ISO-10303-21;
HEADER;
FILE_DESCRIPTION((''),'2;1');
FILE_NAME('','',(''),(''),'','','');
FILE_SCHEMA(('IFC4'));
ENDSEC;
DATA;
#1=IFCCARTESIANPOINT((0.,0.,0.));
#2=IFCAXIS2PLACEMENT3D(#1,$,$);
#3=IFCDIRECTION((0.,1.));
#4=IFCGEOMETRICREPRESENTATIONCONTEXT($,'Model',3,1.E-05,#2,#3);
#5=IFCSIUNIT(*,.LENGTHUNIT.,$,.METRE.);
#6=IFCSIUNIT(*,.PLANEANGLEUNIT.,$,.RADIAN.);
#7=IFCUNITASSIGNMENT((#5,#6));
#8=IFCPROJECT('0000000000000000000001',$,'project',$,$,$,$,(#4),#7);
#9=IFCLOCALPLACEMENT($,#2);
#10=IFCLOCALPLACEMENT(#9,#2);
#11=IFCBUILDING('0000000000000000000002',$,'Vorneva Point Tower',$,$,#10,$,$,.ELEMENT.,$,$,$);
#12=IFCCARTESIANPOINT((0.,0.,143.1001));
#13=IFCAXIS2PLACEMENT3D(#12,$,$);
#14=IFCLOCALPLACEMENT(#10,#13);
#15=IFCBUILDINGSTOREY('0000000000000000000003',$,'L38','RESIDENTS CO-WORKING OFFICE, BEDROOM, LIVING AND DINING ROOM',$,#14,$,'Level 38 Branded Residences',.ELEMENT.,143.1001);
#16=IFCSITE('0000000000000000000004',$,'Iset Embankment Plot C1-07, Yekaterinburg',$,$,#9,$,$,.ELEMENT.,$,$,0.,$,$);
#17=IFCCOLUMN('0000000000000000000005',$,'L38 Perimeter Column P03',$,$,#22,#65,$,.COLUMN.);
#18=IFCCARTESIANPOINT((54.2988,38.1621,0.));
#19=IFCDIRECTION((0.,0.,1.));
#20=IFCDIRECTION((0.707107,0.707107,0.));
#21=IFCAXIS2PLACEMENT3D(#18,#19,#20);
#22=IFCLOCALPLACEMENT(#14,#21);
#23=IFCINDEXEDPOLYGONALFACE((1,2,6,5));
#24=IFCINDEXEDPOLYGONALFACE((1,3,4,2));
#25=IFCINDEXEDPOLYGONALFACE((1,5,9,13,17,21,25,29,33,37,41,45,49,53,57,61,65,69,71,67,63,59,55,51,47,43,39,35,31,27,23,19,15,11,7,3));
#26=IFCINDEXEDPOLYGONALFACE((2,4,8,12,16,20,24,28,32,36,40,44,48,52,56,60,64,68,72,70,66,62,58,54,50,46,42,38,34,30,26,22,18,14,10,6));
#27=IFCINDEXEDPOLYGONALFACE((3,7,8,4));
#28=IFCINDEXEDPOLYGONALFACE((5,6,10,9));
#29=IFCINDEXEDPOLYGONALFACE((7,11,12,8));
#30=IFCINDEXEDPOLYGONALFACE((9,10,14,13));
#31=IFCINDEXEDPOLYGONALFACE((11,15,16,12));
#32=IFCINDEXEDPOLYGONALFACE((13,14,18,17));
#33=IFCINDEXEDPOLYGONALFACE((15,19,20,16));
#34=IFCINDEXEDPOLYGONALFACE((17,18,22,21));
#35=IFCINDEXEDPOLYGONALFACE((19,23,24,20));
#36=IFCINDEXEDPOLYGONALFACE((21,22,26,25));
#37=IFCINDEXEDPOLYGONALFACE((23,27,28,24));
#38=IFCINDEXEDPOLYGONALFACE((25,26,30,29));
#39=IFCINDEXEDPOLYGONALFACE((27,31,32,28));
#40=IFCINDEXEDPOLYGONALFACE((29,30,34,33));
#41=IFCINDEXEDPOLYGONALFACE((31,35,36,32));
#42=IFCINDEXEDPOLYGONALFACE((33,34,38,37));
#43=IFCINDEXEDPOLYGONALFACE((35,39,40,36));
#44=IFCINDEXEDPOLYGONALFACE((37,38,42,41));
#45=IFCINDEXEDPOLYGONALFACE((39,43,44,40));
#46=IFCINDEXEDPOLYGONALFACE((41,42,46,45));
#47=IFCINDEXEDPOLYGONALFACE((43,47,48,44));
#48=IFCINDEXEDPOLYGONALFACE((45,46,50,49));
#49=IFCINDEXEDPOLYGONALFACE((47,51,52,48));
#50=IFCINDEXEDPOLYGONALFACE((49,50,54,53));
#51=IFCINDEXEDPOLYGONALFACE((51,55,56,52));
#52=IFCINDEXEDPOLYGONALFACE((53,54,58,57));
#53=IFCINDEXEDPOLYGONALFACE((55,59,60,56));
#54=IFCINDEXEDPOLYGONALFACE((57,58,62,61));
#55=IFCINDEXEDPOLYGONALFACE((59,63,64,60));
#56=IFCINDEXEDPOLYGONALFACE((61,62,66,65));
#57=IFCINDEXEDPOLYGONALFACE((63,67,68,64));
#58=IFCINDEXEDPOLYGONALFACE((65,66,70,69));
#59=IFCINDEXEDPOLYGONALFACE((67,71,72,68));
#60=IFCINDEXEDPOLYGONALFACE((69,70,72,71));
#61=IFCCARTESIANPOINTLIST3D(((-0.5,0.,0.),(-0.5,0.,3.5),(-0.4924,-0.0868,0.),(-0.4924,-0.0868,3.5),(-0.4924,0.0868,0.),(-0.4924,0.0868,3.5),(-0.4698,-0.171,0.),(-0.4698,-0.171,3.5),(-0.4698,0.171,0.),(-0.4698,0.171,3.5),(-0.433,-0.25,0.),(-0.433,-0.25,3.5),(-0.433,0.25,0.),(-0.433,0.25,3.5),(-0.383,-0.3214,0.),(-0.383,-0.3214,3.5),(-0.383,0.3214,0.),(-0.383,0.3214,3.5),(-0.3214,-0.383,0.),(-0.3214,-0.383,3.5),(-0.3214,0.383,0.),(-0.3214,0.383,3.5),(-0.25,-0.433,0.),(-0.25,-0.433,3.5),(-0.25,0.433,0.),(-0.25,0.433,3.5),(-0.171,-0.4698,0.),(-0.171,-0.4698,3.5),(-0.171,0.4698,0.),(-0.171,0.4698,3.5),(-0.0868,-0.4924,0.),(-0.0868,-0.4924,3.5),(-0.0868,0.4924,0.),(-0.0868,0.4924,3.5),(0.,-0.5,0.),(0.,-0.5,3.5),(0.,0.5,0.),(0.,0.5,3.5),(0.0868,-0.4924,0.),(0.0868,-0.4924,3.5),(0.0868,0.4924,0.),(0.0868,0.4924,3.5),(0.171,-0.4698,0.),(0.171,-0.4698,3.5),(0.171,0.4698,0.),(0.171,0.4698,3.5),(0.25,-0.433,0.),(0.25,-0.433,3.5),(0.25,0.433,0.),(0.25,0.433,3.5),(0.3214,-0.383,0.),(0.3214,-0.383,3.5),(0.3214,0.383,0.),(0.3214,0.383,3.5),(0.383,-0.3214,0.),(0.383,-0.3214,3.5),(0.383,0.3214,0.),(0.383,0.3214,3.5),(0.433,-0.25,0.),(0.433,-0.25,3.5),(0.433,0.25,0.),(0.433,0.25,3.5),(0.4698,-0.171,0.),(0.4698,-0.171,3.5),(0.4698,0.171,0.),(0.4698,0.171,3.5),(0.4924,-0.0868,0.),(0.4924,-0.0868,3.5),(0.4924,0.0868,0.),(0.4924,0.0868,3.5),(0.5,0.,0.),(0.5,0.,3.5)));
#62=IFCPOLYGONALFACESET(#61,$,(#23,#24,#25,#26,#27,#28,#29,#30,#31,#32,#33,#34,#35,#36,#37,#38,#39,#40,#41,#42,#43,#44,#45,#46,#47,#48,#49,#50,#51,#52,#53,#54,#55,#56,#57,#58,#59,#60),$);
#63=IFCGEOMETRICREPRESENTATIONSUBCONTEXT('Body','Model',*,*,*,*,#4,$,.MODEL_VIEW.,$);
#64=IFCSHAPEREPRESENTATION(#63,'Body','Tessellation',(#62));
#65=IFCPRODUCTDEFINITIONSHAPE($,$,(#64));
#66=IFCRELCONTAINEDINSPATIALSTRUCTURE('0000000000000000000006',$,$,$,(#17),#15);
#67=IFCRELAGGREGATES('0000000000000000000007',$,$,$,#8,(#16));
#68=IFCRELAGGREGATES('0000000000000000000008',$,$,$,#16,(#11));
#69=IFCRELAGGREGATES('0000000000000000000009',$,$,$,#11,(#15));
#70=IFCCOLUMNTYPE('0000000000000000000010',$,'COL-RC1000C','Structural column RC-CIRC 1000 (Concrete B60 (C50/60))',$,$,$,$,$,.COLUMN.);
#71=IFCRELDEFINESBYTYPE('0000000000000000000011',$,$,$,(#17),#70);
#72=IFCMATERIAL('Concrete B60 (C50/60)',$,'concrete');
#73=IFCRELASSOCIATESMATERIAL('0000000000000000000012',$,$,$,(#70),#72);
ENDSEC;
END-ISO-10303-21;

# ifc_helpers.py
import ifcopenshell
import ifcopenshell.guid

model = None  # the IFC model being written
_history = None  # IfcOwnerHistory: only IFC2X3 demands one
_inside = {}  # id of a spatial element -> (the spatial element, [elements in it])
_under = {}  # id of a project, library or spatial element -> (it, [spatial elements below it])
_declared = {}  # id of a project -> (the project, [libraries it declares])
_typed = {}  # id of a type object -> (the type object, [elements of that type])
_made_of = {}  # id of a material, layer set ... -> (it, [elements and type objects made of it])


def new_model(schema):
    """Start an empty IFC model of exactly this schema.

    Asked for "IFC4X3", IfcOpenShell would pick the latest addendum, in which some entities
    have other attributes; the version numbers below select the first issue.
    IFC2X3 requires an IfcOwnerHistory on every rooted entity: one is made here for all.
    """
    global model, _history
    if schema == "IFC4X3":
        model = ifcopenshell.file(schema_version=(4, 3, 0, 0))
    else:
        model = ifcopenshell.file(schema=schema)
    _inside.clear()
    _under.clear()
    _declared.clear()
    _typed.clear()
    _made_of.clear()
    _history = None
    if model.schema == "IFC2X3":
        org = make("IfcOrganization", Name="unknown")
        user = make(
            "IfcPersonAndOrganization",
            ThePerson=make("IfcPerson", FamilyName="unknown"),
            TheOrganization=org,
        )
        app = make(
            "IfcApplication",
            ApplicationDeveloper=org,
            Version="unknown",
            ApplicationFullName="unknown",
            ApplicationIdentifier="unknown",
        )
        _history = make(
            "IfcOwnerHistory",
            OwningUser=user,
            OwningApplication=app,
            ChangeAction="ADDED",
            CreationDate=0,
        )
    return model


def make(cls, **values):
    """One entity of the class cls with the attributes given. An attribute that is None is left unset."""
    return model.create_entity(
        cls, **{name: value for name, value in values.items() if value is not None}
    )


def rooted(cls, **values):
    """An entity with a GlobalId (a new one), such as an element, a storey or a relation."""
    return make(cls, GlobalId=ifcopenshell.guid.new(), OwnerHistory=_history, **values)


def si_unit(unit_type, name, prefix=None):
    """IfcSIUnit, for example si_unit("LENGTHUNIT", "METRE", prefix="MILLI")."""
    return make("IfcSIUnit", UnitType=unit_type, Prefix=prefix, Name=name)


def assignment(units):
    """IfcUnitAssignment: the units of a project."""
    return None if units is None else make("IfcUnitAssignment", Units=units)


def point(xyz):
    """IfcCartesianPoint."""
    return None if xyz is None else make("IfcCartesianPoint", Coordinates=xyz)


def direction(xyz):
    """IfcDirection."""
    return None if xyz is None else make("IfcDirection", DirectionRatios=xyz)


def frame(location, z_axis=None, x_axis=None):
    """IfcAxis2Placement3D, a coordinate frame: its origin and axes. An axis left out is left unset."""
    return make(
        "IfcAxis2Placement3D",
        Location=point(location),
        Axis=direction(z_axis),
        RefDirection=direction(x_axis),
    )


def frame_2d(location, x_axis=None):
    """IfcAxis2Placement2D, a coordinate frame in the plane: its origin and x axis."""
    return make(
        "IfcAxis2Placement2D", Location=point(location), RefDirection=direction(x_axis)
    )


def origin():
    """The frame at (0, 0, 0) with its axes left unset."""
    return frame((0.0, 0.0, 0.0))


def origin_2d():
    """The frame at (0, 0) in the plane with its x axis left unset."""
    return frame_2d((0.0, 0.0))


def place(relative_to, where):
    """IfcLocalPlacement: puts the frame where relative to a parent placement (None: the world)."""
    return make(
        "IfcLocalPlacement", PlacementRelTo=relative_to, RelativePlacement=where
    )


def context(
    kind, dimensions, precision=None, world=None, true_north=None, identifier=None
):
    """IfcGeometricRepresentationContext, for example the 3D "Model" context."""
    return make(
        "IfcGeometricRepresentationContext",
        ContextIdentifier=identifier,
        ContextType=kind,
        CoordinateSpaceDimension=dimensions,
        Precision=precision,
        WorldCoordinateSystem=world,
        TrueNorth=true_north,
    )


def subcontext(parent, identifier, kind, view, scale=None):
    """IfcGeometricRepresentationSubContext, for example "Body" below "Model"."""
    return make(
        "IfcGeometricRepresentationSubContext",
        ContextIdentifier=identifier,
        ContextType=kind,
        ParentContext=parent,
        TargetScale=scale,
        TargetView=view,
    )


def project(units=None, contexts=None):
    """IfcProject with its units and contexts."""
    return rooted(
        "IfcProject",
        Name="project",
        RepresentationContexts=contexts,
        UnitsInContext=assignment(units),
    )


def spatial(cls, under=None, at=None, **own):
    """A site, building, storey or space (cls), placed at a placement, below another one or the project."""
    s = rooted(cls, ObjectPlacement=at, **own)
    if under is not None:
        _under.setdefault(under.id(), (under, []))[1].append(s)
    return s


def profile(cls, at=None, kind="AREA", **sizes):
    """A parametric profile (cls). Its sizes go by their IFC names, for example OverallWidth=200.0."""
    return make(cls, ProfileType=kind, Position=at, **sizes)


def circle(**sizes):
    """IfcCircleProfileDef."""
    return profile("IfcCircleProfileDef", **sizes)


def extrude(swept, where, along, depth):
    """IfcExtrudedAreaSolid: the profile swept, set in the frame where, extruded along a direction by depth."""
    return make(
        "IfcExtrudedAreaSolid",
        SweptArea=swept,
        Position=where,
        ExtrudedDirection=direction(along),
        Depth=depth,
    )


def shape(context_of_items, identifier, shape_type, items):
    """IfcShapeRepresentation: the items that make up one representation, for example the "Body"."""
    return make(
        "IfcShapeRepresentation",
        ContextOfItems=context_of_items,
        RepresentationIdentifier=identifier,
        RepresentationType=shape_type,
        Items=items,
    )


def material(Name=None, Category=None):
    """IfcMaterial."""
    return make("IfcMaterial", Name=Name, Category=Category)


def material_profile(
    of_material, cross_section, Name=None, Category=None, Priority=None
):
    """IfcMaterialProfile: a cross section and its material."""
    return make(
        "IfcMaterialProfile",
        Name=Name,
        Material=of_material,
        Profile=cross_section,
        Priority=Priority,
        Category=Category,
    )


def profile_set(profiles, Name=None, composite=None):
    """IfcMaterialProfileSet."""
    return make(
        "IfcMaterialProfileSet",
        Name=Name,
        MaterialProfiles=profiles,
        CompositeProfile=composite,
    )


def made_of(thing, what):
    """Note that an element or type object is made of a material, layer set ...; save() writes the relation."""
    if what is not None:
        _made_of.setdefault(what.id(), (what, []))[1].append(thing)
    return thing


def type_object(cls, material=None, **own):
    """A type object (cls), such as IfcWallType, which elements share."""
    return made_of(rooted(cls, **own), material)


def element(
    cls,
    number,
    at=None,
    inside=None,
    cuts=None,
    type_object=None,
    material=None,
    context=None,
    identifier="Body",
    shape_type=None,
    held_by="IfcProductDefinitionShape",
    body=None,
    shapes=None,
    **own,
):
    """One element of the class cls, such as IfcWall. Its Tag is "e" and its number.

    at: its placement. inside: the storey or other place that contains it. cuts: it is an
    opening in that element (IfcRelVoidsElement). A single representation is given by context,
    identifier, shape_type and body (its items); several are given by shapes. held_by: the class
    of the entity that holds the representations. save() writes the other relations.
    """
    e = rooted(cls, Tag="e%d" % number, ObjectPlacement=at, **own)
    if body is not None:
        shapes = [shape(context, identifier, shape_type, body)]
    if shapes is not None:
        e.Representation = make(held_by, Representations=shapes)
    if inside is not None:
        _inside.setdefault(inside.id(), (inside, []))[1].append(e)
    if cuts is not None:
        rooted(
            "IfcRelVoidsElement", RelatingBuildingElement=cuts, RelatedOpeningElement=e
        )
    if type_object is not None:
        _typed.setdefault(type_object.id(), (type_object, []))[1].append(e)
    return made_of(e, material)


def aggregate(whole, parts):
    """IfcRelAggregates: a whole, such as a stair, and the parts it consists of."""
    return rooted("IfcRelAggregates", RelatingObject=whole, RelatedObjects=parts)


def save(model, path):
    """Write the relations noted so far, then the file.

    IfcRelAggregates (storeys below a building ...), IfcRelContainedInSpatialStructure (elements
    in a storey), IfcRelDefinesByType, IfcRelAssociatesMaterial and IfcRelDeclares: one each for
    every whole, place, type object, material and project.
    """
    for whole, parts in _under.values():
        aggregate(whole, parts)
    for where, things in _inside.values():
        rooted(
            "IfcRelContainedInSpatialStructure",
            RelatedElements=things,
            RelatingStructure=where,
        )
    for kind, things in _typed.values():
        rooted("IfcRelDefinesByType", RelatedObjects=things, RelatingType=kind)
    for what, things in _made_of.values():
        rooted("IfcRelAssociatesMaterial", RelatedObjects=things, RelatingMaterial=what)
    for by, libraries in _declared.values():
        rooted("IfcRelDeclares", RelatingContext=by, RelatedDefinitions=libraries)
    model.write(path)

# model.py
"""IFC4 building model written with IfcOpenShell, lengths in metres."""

from ifc_helpers import new_model, si_unit, direction, frame, origin, origin_2d, place, context, subcontext, project, spatial, circle, extrude, material, material_profile, profile_set, type_object, element, save


model = new_model("IFC4")

# Units and contexts
model_context = context("Model", 3, precision=1e-05, world=origin(), true_north=direction((0.0, 1.0)))
body_context = subcontext(model_context, "Body", "Model", "MODEL_VIEW")
ifc_project = project(units=[si_unit("LENGTHUNIT", "METRE"), si_unit("PLANEANGLEUNIT", "RADIAN")], contexts=[model_context])

# Site, building, storey
site_placement = place(None, origin())
site = spatial("IfcSite", under=ifc_project, at=site_placement, Name="Iset Embankment Plot C1-07, Yekaterinburg", CompositionType="ELEMENT", RefElevation=0.0)
building_placement = place(site_placement, origin())
building = spatial("IfcBuilding", under=site, at=building_placement, Name="Vorneva Point Tower", CompositionType="ELEMENT")
storey_placement = place(building_placement, frame((0.0, 0.0, 143.1001)))
storey = spatial("IfcBuildingStorey", under=building, at=storey_placement, Name="L38", Description="RESIDENTS CO-WORKING OFFICE, BEDROOM, LIVING AND DINING ROOM", LongName="Level 38 Branded Residences", CompositionType="ELEMENT", Elevation=143.1001)

# Column
ifc_material_1 = material(Name="Concrete B60 (C50/60)", Category="concrete")
ifc_material_profile_1 = material_profile(ifc_material_1, circle(Radius=0.5, at=origin_2d()), Name="RC-CIRC 1000")
ifc_profile_set_1 = profile_set([ifc_material_profile_1], Name="Concrete B60 (C50/60)")
column_type = type_object("IfcColumnType", Name="COL-RC1000C", Description="Structural column RC-CIRC 1000 (Concrete B60 (C50/60))", PredefinedType="COLUMN", material=ifc_profile_set_1)
column_placement = place(storey_placement, frame((54.2988, 38.1621, 0.0), z_axis=(0.0, 0.0, 1.0), x_axis=(0.707107, 0.707107, 0.0)))
element("IfcColumn", 1, at=column_placement, inside=storey, type_object=column_type, Name="L38 Perimeter Column P03", PredefinedType="COLUMN", context=body_context, shape_type="SweptSolid", body=[
    extrude(circle(Radius=0.5, at=origin_2d()), origin(), (0.0, 0.0, 1.0), 3.5),
])

save(model, "model.ifc")
